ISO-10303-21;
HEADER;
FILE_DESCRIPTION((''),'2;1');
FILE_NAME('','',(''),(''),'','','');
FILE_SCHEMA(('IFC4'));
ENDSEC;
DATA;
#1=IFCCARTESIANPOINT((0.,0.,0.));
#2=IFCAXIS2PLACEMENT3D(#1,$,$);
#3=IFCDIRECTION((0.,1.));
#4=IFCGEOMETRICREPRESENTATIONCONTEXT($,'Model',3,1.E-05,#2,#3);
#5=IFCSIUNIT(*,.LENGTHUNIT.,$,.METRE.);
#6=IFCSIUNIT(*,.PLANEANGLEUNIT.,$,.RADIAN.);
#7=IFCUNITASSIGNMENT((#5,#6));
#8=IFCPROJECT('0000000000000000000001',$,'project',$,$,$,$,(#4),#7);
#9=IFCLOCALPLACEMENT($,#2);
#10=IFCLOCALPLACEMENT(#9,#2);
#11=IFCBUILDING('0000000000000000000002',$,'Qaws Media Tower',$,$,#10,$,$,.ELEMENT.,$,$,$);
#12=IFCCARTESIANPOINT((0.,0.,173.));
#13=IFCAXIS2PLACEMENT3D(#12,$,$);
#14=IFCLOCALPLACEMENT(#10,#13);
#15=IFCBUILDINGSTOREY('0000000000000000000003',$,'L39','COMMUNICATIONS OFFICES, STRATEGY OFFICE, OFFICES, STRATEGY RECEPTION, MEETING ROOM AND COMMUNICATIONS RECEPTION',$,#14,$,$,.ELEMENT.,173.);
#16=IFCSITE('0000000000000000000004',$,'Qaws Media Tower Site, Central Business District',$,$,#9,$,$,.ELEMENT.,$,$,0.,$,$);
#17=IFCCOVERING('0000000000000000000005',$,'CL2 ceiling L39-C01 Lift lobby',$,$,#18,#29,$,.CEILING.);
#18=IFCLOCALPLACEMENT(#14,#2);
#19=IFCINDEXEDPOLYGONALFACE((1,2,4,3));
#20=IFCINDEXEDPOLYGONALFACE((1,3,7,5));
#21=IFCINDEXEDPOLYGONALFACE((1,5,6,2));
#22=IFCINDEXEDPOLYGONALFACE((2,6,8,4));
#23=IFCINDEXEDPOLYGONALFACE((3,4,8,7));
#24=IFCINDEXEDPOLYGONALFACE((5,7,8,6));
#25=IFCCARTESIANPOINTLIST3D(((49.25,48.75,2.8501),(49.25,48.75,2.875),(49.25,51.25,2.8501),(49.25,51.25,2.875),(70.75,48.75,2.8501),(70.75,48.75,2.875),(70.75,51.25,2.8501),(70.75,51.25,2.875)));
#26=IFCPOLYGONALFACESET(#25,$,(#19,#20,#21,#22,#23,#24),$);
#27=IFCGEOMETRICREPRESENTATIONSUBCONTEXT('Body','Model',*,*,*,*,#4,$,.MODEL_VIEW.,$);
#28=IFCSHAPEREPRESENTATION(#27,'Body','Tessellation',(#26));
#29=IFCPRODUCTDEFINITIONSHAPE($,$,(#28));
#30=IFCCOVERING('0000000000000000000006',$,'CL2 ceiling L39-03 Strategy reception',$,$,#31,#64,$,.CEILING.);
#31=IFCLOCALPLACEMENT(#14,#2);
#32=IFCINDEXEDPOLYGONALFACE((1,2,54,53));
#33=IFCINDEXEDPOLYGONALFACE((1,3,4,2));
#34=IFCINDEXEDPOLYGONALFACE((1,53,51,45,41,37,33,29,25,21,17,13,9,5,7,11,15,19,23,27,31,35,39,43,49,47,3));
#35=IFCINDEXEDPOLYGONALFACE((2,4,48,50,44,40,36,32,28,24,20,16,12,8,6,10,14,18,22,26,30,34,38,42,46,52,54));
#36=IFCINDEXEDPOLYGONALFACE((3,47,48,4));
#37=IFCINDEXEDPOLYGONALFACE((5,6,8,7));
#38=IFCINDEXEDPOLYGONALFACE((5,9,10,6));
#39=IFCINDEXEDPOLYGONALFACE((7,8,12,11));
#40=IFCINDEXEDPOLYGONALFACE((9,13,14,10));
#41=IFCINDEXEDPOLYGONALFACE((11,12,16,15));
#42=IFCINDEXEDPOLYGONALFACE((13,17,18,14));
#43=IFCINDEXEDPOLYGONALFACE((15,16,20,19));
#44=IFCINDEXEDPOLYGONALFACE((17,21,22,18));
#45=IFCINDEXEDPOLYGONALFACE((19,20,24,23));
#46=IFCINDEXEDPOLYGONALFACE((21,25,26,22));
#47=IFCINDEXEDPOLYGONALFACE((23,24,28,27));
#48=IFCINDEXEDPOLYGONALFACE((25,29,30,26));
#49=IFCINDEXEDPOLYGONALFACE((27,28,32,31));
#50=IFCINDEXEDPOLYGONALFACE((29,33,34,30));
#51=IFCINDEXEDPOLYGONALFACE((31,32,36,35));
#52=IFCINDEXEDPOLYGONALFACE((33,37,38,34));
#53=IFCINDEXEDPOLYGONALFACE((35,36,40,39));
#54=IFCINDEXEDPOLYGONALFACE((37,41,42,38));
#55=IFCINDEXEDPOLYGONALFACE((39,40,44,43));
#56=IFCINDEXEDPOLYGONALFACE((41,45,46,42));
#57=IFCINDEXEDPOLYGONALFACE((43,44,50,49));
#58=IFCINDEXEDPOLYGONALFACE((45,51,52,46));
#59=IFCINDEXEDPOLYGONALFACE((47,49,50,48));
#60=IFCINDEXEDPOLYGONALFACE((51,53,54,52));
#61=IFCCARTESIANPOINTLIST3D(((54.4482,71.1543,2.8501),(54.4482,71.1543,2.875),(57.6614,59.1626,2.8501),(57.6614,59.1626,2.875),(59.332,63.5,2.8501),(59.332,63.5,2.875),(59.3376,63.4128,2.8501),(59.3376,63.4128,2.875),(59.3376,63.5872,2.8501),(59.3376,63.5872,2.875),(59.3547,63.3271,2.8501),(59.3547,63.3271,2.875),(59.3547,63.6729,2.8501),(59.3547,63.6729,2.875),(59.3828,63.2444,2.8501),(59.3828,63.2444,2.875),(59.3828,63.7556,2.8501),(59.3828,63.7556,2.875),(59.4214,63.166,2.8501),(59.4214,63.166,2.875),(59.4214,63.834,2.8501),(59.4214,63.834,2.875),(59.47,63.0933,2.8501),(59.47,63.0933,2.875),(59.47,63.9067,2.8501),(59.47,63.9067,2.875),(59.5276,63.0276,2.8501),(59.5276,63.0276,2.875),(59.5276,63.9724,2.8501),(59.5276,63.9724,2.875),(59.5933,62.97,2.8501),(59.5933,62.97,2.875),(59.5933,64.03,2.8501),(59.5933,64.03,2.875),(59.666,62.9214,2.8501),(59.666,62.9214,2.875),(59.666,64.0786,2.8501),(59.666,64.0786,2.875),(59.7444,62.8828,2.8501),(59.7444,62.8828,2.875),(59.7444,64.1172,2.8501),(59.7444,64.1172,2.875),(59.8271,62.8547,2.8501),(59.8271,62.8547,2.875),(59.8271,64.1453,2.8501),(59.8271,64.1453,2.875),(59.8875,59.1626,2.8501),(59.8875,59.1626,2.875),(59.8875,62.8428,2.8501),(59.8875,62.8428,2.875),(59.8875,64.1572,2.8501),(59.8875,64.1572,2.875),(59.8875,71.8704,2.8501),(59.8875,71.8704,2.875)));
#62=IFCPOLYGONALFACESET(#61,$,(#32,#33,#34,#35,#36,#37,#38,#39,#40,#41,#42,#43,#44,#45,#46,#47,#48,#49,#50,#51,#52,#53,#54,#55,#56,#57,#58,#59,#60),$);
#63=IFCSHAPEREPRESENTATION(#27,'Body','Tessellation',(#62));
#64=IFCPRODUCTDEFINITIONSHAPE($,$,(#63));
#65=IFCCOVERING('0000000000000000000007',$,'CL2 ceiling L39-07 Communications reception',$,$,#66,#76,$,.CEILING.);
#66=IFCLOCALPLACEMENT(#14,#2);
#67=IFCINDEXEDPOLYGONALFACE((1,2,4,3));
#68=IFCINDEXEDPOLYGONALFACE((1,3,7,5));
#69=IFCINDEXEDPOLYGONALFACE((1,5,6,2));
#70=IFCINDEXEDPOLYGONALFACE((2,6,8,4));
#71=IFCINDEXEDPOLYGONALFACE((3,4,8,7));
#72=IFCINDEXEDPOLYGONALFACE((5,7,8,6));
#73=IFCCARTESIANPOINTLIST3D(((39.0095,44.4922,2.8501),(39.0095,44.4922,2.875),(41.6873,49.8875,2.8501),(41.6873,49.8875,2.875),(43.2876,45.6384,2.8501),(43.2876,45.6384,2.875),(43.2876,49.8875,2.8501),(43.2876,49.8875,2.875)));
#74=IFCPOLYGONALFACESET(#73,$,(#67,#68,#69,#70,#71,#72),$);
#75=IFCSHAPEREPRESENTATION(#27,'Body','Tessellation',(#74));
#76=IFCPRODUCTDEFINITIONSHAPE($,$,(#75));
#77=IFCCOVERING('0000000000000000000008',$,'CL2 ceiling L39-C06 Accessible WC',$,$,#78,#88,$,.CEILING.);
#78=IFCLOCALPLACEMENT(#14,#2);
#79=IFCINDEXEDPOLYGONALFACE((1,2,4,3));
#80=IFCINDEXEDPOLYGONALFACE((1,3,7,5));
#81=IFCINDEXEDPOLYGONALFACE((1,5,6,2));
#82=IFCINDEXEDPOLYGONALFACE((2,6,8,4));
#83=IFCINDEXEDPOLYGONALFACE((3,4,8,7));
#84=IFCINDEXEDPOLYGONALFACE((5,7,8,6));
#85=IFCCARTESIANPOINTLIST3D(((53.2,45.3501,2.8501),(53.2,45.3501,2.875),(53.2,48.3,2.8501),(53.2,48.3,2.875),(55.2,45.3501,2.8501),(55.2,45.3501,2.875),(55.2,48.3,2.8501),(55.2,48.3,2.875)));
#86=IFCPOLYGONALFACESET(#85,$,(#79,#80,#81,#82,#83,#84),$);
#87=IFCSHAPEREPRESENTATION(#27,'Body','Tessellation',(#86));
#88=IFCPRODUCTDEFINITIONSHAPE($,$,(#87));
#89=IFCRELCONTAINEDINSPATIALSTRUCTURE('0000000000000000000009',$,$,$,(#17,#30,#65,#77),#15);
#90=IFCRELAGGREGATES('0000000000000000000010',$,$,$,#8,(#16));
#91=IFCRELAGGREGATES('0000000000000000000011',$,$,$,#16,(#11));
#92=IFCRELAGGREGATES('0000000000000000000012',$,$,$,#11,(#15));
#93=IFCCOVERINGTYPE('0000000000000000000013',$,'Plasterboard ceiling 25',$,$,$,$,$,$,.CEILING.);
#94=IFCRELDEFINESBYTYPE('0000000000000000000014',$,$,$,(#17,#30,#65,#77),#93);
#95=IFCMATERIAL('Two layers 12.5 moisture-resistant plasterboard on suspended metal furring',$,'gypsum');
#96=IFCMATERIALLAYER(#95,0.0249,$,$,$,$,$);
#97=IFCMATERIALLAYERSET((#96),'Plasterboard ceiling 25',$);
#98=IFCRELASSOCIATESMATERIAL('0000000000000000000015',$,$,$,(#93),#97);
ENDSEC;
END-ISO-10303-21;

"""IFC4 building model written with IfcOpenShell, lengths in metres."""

from ifc_helpers import new_model, si_unit, direction, frame, origin, place, context, subcontext, project, spatial, polyline, outline, extrude, material, layer, layer_set, type_object, element, save


model = new_model("IFC4")

# Units and contexts
model_context = context("Model", 3, precision=1e-05, world=origin(), true_north=direction((0.0, 1.0)))
body_context = subcontext(model_context, "Body", "Model", "MODEL_VIEW")
ifc_project = project(units=[si_unit("LENGTHUNIT", "METRE"), si_unit("PLANEANGLEUNIT", "RADIAN")], contexts=[model_context])

# Site, building, storey
site_placement = place(None, origin())
site = spatial("IfcSite", under=ifc_project, at=site_placement, Name="Qaws Media Tower Site, Central Business District", CompositionType="ELEMENT", RefElevation=0.0)
building_placement = place(site_placement, origin())
building = spatial("IfcBuilding", under=site, at=building_placement, Name="Qaws Media Tower", CompositionType="ELEMENT")
storey_placement = place(building_placement, frame((0.0, 0.0, 173.0)))
storey = spatial("IfcBuildingStorey", under=building, at=storey_placement, Name="L39", Description="COMMUNICATIONS OFFICES, STRATEGY OFFICE, OFFICES, STRATEGY RECEPTION, MEETING ROOM AND COMMUNICATIONS RECEPTION", CompositionType="ELEMENT", Elevation=173.0)

# Coverings
ifc_material_1 = material(Name="Two layers 12.5 moisture-resistant plasterboard on suspended metal furring", Category="gypsum")
ifc_layer_1 = layer(ifc_material_1, 0.0249)
ifc_layer_set_1 = layer_set([ifc_layer_1], Name="Plasterboard ceiling 25")
covering_type_1 = type_object("IfcCoveringType", Name="Plasterboard ceiling 25", PredefinedType="CEILING", material=ifc_layer_set_1)
covering_1_placement = place(storey_placement, frame((0.0, 0.0, 2.8501)))
element("IfcCovering", 1, at=covering_1_placement, inside=storey, type_object=covering_type_1, Name="CL2 ceiling L39-C01 Lift lobby", PredefinedType="CEILING", context=body_context, shape_type="SweptSolid", body=[
    extrude(outline(polyline([(49.25, 48.75), (49.25, 51.25), (70.75, 51.25), (70.75, 48.75), (49.25, 48.75)])), origin(), (0.0, 0.0, 1.0), 0.0249),
])
covering_2_placement = place(storey_placement, frame((0.0, 0.0, 2.8501)))
element("IfcCovering", 2, at=covering_2_placement, inside=storey, type_object=covering_type_1, Name="CL2 ceiling L39-03 Strategy reception", PredefinedType="CEILING", context=body_context, shape_type="SweptSolid", body=[
    extrude(outline(polyline([(59.8875, 71.8704), (59.8875, 64.1572), (59.8271, 64.1453), (59.7444, 64.1172), (59.666, 64.0786), (59.5933, 64.03), (59.5276, 63.9724), (59.47, 63.9067), (59.4214, 63.834), (59.3828, 63.7556), (59.3547, 63.6729), (59.3376, 63.5872), (59.332, 63.5), (59.3376, 63.4128), (59.3547, 63.3271), (59.3828, 63.2444), (59.4214, 63.166), (59.47, 63.0933), (59.5276, 63.0276), (59.5933, 62.97), (59.666, 62.9214), (59.7444, 62.8828), (59.8271, 62.8547), (59.8875, 62.8428), (59.8875, 59.1626), (57.6614, 59.1626), (54.4482, 71.1543), (59.8875, 71.8704)])), origin(), (0.0, 0.0, 1.0), 0.0249),
])
covering_3_placement = place(storey_placement, frame((0.0, 0.0, 2.8501)))
element("IfcCovering", 3, at=covering_3_placement, inside=storey, type_object=covering_type_1, Name="CL2 ceiling L39-07 Communications reception", PredefinedType="CEILING", context=body_context, shape_type="SweptSolid", body=[
    extrude(outline(polyline([(41.6873, 49.8875), (43.2876, 49.8875), (43.2876, 45.6384), (39.0095, 44.4922), (41.6873, 49.8875)])), origin(), (0.0, 0.0, 1.0), 0.0249),
])
covering_4_placement = place(storey_placement, frame((0.0, 0.0, 2.8501)))
element("IfcCovering", 4, at=covering_4_placement, inside=storey, type_object=covering_type_1, Name="CL2 ceiling L39-C06 Accessible WC", PredefinedType="CEILING", context=body_context, shape_type="SweptSolid", body=[
    extrude(outline(polyline([(53.2, 45.3501), (53.2, 48.3), (55.2, 48.3), (55.2, 45.3501), (53.2, 45.3501)])), origin(), (0.0, 0.0, 1.0), 0.0249),
])

save(model, "model.ifc")
